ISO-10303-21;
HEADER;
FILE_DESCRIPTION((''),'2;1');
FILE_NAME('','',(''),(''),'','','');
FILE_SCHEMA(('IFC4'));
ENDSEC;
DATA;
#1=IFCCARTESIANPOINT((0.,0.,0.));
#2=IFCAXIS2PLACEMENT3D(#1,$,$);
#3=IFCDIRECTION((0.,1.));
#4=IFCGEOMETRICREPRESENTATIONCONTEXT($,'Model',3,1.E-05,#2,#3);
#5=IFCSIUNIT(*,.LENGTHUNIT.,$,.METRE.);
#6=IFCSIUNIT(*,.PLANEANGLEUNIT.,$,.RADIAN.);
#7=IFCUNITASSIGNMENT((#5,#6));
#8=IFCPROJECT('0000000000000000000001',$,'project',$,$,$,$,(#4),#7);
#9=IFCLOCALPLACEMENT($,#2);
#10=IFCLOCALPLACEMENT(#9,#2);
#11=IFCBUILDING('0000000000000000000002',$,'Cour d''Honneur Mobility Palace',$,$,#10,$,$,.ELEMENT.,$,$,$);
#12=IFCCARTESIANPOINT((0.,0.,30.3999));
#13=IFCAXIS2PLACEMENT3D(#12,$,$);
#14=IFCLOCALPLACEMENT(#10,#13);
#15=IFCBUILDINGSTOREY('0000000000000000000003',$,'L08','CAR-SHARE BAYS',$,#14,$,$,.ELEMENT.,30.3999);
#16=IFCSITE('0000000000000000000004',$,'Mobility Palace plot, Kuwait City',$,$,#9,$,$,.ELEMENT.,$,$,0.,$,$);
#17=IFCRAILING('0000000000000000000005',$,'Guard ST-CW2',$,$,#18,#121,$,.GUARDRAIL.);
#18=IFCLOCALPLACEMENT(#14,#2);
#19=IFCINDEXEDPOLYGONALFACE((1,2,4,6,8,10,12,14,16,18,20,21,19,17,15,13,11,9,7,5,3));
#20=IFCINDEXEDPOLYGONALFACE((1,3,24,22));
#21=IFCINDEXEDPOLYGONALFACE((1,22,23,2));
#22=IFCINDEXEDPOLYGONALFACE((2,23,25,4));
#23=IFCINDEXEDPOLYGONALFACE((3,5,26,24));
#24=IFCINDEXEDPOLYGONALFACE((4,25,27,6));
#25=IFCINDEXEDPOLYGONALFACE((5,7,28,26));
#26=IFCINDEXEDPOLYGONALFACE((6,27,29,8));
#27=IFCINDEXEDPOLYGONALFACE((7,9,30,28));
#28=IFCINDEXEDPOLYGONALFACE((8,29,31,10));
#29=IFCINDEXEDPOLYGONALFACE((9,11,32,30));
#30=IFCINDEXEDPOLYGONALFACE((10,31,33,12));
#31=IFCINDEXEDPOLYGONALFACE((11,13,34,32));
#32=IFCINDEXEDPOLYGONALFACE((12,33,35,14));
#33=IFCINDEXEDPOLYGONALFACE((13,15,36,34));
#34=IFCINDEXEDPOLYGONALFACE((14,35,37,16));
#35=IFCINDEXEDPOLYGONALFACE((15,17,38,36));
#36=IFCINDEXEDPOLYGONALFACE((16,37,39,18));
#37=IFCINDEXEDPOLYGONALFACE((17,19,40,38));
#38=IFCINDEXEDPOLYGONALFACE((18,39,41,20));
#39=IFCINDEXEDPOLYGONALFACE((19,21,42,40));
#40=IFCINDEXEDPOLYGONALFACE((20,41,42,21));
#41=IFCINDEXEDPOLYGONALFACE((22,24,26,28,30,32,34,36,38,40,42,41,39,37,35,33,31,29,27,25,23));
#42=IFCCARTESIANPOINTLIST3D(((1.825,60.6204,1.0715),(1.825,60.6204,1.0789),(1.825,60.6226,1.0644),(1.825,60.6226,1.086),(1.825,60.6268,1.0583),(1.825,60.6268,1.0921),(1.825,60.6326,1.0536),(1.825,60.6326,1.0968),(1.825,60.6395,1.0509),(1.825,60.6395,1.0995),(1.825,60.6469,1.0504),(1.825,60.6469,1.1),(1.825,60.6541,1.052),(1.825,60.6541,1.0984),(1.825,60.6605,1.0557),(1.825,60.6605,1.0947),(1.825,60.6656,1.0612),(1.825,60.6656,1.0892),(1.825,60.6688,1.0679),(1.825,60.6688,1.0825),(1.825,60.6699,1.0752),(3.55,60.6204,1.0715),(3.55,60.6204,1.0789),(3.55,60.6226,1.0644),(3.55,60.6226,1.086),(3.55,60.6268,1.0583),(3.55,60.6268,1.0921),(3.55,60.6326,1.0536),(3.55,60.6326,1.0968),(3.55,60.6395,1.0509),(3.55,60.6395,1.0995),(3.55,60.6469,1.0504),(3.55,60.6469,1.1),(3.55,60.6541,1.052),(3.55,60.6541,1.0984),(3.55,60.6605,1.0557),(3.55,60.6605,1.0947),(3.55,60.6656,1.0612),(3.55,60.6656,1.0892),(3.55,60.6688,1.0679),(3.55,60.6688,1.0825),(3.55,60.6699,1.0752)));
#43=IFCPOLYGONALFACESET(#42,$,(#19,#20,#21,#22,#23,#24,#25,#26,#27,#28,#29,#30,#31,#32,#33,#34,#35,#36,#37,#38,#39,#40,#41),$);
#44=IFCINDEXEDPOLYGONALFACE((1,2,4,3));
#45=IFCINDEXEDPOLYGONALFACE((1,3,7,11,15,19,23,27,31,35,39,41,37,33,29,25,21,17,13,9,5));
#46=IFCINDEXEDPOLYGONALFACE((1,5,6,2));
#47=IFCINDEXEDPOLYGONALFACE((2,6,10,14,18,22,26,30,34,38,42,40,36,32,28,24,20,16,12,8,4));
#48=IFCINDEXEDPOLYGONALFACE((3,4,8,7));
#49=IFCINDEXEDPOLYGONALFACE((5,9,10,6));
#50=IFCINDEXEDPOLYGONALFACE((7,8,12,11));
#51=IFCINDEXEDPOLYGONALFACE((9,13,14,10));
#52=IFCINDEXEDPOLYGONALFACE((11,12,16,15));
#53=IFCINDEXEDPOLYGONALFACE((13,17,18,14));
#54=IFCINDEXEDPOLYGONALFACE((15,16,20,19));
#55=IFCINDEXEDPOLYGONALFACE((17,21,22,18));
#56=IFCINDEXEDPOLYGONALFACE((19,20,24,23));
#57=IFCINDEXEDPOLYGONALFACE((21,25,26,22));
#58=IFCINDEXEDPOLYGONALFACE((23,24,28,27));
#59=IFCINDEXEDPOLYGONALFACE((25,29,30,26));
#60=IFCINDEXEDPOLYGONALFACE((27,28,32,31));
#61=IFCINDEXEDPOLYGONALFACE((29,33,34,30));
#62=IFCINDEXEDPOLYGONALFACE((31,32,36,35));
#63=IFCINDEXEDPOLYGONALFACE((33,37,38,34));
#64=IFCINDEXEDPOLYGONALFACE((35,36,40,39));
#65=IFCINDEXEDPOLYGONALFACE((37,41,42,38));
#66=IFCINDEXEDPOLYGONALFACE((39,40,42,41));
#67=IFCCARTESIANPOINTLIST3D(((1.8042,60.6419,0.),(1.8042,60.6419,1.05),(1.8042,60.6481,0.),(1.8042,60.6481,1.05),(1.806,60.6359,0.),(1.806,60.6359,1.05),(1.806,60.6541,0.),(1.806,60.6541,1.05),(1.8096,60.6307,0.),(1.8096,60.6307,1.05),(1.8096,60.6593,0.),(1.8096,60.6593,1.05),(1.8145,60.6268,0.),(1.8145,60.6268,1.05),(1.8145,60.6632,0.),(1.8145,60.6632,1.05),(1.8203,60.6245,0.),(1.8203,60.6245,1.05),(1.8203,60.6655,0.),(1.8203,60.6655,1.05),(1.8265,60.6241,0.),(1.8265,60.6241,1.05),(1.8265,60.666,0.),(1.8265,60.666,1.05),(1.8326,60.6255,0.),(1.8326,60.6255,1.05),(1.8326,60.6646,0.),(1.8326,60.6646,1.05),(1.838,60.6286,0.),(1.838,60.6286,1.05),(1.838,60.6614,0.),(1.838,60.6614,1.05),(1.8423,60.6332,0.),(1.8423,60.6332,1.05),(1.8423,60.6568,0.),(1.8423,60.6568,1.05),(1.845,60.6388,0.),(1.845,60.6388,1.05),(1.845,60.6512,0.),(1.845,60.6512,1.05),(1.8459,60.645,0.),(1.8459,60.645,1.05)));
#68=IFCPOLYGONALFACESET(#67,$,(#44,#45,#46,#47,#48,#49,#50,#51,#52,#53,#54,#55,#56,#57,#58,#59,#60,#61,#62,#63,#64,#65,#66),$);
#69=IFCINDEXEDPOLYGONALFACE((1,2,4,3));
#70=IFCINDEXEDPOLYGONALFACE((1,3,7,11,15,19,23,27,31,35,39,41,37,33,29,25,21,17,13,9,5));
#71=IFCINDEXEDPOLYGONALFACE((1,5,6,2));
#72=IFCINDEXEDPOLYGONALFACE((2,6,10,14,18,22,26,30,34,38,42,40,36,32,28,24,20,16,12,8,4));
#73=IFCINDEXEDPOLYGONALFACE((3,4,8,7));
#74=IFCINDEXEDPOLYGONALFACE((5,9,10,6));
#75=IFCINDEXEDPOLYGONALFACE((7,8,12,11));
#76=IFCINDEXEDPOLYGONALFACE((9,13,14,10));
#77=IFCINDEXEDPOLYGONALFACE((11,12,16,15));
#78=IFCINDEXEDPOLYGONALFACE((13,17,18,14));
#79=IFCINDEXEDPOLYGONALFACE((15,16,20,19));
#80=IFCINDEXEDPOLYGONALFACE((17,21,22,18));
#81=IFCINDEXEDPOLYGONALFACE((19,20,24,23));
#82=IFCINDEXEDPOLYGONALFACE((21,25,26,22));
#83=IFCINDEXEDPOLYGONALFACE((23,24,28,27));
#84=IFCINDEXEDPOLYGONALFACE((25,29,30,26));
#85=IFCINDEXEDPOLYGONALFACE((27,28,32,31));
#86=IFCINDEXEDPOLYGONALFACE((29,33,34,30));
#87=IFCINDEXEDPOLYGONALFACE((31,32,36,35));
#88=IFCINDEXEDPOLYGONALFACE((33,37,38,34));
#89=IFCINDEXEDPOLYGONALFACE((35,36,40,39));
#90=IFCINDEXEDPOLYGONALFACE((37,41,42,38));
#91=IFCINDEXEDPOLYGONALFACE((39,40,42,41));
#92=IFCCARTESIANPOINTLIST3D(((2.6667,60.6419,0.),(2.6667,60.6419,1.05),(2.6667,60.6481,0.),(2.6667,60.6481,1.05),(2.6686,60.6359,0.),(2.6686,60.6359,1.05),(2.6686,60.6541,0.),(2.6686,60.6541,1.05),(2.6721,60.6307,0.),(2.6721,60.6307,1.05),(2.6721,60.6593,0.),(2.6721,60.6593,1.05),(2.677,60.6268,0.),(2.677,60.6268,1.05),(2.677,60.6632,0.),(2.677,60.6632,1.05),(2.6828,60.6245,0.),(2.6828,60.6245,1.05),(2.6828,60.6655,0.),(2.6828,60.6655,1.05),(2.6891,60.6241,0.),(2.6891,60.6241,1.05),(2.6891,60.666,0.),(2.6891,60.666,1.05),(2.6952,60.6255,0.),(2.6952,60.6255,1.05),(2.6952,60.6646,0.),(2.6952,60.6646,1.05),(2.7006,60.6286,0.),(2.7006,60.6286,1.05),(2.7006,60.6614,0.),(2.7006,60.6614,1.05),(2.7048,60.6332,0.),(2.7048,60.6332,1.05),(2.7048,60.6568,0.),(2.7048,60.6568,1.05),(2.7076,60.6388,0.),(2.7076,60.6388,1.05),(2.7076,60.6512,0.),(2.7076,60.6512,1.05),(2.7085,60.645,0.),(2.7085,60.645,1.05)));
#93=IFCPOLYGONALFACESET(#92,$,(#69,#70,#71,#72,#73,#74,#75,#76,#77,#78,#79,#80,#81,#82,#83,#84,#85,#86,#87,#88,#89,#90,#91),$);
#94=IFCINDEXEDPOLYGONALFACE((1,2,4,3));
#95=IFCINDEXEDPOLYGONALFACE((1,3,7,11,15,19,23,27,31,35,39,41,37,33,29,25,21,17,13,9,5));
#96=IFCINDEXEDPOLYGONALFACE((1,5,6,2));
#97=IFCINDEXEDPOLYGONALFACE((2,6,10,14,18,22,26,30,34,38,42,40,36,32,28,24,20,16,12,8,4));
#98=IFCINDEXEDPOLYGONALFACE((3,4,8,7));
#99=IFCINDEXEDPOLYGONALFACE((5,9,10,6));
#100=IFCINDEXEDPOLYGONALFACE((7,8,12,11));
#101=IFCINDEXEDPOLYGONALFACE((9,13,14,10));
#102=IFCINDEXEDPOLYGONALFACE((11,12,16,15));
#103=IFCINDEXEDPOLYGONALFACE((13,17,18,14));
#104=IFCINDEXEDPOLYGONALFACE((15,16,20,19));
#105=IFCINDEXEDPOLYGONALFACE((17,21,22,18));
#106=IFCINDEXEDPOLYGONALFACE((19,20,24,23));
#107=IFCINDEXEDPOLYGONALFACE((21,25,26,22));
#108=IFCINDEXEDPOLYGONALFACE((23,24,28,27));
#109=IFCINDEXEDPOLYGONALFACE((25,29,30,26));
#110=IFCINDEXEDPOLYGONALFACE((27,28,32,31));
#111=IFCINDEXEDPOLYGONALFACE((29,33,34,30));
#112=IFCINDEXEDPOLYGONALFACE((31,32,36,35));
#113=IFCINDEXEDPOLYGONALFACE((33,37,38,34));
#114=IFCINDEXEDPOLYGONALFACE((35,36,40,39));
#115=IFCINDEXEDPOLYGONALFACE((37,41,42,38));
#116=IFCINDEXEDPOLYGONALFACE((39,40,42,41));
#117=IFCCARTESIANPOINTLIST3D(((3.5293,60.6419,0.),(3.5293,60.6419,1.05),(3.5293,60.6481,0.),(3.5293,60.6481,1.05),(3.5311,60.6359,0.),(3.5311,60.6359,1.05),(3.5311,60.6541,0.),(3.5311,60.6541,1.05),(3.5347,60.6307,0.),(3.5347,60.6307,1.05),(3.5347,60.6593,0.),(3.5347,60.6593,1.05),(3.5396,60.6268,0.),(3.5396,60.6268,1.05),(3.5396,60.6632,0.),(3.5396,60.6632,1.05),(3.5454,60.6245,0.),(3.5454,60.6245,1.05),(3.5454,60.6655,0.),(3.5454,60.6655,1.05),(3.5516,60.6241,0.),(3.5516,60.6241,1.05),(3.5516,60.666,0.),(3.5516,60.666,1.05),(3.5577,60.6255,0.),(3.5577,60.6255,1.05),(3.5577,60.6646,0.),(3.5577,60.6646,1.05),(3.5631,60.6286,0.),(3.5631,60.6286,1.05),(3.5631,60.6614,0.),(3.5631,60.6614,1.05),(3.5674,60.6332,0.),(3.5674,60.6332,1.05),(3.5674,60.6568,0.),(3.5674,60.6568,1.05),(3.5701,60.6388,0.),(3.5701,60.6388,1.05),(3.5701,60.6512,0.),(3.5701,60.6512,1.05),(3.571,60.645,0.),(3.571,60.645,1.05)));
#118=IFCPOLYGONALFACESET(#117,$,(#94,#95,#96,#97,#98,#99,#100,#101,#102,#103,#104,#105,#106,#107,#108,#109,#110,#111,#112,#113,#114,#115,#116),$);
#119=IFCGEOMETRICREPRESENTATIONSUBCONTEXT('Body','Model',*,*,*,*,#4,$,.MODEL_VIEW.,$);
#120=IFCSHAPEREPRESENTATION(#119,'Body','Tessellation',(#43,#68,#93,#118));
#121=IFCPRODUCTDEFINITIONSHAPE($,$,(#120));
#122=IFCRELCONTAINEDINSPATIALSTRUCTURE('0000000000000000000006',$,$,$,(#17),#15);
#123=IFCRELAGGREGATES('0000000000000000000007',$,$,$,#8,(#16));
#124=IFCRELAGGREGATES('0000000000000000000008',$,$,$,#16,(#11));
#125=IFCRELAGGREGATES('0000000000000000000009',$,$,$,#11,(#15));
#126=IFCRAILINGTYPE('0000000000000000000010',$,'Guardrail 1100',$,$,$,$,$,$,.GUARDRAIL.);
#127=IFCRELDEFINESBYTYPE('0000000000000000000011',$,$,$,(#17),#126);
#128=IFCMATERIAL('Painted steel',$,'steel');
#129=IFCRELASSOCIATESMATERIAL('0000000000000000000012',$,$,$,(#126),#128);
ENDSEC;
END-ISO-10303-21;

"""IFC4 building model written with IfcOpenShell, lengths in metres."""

from ifc_helpers import new_model, si_unit, direction, frame, origin, origin_2d, place, context, subcontext, project, spatial, circle, extrude, material, type_object, element, save


model = new_model("IFC4")

# Units and contexts
model_context = context("Model", 3, precision=1e-05, world=origin(), true_north=direction((0.0, 1.0)))
body_context = subcontext(model_context, "Body", "Model", "MODEL_VIEW")
ifc_project = project(units=[si_unit("LENGTHUNIT", "METRE"), si_unit("PLANEANGLEUNIT", "RADIAN")], contexts=[model_context])

# Site, building, storey
site_placement = place(None, origin())
site = spatial("IfcSite", under=ifc_project, at=site_placement, Name="Mobility Palace plot, Kuwait City", CompositionType="ELEMENT", RefElevation=0.0)
building_placement = place(site_placement, origin())
building = spatial("IfcBuilding", under=site, at=building_placement, Name="Cour d'Honneur Mobility Palace", CompositionType="ELEMENT")
storey_placement = place(building_placement, frame((0.0, 0.0, 30.3999)))
storey = spatial("IfcBuildingStorey", under=building, at=storey_placement, Name="L08", Description="CAR-SHARE BAYS", CompositionType="ELEMENT", Elevation=30.3999)

# Railing
ifc_material_1 = material(Name="Painted steel", Category="steel")
railing_type_1 = type_object("IfcRailingType", Name="Guardrail 1100", PredefinedType="GUARDRAIL", material=ifc_material_1)
railing_1_placement = place(storey_placement, frame((1.825, 60.645, 0.0)))
element("IfcRailing", 1, at=railing_1_placement, inside=storey, type_object=railing_type_1, Name="Guard ST-CW2", PredefinedType="GUARDRAIL", context=body_context, shape_type="SweptSolid", body=[
    extrude(circle(Radius=0.0249, at=origin_2d()), frame((0.0, 0.0, 1.0752), z_axis=(1.0, 0.0, 0.0), x_axis=(0.0, 1.0, 0.0)), (0.0, 0.0, 1.0), 1.7251),
    extrude(circle(Radius=0.021, at=origin_2d()), origin(), (0.0, 0.0, 1.0), 1.05),
    extrude(circle(Radius=0.021, at=origin_2d()), frame((0.8625, 0.0, 0.0)), (0.0, 0.0, 1.0), 1.05),
    extrude(circle(Radius=0.021, at=origin_2d()), frame((1.7251, 0.0, 0.0)), (0.0, 0.0, 1.0), 1.05),
])

save(model, "model.ifc")
